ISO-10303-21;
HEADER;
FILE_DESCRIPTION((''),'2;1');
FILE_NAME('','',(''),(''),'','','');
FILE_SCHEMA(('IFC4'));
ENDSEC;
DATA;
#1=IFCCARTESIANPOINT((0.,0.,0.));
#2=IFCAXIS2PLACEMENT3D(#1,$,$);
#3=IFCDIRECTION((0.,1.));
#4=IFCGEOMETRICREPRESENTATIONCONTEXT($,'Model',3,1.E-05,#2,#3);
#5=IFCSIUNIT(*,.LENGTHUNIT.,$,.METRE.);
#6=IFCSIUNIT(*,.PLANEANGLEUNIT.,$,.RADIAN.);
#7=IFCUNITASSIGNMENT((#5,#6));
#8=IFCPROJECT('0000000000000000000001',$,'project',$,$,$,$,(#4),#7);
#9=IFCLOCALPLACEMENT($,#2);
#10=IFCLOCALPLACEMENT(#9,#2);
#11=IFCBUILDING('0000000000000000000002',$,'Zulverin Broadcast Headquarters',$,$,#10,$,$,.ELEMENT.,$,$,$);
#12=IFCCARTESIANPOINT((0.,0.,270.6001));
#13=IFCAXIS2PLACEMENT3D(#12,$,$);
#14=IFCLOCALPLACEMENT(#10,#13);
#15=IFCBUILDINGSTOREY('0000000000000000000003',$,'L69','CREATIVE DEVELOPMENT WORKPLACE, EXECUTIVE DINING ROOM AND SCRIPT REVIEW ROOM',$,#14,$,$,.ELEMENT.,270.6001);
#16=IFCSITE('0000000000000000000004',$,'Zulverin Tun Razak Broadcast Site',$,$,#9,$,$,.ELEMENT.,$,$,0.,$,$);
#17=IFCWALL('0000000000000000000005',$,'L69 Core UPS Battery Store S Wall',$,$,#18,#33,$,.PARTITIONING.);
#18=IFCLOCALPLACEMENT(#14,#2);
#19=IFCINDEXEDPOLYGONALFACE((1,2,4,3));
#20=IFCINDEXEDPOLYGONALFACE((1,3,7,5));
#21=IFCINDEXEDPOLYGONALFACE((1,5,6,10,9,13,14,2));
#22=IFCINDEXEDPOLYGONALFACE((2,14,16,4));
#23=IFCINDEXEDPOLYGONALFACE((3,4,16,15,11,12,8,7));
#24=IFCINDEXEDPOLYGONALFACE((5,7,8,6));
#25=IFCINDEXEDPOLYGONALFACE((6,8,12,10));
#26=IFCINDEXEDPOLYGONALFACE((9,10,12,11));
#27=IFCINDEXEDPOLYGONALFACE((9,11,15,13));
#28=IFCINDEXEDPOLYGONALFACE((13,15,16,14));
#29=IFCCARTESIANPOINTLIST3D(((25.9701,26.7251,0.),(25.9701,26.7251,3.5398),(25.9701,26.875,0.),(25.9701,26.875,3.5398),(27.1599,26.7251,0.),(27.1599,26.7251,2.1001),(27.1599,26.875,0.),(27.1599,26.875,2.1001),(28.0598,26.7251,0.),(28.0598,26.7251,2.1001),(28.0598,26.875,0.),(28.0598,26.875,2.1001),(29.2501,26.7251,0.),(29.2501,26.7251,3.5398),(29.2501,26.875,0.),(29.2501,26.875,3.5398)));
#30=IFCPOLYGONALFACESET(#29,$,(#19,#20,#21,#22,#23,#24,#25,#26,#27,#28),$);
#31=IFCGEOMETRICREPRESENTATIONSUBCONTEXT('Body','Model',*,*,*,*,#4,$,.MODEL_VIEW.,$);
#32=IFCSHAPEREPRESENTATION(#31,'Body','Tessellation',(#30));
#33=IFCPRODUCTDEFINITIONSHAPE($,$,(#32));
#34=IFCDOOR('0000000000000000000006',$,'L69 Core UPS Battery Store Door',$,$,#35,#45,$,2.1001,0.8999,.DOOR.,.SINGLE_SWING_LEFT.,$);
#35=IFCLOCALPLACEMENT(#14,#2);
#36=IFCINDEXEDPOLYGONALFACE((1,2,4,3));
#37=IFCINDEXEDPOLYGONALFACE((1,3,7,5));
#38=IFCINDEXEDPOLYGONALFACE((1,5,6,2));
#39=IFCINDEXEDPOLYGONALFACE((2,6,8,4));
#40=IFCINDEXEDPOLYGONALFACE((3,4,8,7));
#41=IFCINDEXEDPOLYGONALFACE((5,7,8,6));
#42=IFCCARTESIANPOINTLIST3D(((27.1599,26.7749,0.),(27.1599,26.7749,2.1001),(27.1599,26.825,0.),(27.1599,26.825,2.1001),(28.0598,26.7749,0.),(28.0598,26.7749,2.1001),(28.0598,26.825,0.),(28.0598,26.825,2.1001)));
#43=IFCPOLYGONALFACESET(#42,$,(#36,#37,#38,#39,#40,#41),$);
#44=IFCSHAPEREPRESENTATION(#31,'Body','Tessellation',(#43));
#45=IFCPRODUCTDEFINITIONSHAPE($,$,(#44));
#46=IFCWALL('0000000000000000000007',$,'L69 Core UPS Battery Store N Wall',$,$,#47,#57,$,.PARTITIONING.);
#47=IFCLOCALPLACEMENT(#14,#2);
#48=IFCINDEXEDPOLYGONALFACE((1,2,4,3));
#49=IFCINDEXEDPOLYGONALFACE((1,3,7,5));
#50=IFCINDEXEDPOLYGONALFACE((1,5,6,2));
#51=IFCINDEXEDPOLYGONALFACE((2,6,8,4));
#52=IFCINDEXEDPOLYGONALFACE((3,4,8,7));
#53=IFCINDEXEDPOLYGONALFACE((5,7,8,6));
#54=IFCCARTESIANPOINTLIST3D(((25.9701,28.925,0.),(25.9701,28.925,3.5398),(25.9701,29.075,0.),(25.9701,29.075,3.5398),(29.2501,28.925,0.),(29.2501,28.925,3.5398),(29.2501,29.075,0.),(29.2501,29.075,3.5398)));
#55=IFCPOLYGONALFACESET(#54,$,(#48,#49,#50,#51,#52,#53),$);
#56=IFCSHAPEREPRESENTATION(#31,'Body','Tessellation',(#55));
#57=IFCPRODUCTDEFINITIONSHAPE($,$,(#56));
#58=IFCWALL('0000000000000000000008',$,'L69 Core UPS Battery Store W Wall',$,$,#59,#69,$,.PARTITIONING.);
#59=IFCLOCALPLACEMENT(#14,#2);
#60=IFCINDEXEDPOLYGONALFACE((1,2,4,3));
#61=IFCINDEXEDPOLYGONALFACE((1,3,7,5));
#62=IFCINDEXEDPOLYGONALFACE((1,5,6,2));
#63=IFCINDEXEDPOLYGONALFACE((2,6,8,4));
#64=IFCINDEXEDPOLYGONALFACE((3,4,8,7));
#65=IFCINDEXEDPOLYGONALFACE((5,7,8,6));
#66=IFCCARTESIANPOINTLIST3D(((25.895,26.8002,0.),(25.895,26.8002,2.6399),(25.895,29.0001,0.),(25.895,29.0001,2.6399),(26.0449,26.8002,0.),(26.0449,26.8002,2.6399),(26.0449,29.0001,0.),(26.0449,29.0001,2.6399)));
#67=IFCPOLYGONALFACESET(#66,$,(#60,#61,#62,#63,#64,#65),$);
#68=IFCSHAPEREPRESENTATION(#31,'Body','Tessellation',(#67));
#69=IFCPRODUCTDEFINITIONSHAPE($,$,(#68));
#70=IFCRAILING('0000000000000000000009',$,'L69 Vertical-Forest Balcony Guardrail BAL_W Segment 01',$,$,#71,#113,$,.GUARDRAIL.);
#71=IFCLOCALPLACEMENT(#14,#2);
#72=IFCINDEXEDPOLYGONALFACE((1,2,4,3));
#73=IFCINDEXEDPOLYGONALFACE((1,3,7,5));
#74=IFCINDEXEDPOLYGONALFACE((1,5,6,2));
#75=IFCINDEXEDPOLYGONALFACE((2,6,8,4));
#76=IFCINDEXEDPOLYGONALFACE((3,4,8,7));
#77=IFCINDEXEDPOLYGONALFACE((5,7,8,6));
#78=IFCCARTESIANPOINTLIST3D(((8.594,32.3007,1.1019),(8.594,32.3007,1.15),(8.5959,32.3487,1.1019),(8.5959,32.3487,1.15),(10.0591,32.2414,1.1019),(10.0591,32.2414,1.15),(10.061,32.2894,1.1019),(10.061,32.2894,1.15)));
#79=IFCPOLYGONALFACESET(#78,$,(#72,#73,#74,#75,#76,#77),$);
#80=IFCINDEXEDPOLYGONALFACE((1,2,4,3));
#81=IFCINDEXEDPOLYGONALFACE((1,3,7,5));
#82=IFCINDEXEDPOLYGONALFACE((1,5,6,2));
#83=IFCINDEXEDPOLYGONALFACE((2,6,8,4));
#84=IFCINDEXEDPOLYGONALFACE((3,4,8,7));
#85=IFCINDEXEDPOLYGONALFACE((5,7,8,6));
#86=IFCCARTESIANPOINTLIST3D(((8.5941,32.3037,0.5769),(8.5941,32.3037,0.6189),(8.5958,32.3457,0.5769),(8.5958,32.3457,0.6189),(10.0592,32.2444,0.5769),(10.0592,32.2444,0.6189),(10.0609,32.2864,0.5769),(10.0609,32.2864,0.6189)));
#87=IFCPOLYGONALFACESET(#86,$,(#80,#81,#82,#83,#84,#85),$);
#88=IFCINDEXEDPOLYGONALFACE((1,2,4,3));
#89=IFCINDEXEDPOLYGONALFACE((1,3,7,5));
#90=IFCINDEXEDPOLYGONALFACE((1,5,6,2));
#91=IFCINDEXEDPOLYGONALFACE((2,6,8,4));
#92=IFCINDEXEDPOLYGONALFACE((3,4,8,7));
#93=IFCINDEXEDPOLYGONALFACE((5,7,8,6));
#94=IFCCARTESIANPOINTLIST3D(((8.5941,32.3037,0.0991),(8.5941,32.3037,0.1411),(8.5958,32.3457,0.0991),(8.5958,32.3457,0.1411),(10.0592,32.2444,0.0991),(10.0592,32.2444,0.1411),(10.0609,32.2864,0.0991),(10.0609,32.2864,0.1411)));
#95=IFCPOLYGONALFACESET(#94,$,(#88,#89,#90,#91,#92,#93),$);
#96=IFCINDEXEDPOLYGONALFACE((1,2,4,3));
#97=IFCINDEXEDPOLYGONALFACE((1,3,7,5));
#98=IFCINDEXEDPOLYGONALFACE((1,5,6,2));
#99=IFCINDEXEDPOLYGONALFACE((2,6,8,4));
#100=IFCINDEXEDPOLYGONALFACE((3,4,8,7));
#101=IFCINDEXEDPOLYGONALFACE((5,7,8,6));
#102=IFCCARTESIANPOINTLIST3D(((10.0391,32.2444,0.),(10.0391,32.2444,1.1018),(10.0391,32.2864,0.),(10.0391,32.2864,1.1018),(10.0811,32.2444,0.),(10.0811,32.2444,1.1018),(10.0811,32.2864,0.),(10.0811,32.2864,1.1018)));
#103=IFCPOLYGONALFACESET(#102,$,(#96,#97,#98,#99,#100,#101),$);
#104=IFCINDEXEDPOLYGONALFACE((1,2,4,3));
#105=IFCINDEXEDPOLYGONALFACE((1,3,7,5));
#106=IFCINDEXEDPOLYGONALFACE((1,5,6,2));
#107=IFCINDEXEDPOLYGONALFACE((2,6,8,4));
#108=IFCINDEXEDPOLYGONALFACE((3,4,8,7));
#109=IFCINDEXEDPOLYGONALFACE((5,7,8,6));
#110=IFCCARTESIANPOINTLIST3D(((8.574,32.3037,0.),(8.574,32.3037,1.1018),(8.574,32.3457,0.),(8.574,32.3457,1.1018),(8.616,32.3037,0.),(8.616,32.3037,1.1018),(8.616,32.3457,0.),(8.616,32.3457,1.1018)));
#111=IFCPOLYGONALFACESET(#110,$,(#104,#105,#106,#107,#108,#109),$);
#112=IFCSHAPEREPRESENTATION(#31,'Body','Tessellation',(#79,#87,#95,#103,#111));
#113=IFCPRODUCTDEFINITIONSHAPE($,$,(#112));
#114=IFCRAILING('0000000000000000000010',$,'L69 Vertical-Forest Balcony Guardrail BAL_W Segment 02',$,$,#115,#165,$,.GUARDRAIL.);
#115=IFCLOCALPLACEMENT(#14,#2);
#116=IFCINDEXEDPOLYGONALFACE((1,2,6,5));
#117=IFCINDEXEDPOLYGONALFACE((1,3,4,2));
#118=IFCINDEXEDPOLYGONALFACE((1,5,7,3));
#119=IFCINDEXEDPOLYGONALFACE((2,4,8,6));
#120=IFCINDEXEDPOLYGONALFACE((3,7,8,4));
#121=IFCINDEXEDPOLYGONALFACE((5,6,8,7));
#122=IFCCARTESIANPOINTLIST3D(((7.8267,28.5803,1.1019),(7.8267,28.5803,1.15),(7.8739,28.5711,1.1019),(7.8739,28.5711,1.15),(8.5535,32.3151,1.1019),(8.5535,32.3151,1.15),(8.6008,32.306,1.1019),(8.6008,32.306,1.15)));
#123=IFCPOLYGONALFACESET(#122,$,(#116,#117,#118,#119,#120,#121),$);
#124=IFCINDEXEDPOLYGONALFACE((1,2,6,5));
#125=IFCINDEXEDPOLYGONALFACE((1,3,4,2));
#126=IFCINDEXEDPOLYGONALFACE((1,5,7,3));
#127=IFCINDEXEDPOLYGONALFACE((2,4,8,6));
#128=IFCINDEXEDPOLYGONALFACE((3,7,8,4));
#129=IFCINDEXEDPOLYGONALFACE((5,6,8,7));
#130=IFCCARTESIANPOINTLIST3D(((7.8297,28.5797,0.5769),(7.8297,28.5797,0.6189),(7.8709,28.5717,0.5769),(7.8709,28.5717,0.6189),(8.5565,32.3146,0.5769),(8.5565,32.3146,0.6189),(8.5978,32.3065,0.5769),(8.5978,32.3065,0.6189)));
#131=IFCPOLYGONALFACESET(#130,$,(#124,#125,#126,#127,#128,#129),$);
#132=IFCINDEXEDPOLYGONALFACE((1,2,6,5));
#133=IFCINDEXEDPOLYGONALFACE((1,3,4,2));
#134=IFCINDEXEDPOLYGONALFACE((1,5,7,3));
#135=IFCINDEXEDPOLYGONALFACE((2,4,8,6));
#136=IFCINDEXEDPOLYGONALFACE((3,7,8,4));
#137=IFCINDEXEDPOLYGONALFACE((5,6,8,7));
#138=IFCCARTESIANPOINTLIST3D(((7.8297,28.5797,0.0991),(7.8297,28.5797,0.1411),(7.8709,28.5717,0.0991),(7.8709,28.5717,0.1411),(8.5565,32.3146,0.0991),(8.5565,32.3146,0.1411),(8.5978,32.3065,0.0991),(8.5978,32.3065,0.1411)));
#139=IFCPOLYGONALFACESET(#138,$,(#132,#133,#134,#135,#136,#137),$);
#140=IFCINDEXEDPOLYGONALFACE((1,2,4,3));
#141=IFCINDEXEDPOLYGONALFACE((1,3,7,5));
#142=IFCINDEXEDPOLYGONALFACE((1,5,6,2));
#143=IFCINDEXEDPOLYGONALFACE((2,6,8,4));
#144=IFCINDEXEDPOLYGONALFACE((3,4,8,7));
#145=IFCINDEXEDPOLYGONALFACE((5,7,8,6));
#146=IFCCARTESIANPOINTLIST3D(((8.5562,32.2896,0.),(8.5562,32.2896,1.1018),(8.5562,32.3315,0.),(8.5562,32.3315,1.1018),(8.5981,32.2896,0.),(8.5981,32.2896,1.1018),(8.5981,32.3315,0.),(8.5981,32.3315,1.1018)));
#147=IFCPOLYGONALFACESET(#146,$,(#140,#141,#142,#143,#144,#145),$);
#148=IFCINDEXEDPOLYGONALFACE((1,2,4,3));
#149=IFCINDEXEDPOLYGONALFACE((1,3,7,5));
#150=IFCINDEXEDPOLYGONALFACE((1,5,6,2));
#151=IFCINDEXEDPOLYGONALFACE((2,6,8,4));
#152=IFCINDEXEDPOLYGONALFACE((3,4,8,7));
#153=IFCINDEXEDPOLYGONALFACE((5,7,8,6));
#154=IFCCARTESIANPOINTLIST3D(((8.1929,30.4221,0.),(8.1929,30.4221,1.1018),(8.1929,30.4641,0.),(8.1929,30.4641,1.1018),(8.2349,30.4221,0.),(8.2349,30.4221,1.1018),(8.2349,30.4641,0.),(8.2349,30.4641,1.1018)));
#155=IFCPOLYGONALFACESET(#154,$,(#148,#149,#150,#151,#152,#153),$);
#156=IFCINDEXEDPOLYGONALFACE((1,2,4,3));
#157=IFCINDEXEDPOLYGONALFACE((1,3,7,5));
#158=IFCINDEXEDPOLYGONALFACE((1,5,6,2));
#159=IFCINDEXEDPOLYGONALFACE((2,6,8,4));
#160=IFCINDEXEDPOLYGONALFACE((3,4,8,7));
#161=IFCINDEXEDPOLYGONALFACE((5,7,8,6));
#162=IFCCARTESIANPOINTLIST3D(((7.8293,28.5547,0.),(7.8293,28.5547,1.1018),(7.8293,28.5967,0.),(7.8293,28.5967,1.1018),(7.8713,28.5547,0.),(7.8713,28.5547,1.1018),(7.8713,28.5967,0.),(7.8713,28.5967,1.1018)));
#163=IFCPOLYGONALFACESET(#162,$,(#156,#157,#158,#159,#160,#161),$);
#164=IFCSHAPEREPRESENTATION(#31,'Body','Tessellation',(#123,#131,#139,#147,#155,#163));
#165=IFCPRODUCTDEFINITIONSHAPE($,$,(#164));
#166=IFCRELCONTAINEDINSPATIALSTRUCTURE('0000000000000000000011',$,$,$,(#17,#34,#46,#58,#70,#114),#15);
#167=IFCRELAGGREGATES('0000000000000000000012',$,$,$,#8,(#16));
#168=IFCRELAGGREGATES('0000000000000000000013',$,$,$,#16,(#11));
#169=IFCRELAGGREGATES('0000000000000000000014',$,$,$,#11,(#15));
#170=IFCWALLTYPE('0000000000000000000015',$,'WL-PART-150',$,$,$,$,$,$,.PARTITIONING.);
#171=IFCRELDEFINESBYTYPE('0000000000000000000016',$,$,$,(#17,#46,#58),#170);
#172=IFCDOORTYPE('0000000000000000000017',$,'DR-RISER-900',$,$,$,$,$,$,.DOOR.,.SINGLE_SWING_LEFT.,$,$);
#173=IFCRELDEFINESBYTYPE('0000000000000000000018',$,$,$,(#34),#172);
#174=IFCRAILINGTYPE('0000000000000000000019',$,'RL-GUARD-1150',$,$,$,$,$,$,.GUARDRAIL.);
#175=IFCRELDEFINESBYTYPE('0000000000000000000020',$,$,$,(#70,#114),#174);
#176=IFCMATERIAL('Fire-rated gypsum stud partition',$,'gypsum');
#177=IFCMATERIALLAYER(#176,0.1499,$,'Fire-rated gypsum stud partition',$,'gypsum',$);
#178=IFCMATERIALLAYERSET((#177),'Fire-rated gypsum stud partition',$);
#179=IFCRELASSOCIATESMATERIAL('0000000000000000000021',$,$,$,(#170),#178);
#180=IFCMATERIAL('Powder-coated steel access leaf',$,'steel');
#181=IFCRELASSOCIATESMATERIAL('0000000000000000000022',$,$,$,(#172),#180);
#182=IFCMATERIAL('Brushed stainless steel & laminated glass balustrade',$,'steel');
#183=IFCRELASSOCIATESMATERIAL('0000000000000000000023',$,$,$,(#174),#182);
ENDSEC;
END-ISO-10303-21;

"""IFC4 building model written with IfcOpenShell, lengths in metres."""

from ifc_helpers import new_model, si_unit, direction, frame, frame_2d, origin, origin_2d, place, context, subcontext, project, spatial, rectangle, extrude, material, layer, layer_set, type_object, element, fill, save


model = new_model("IFC4")

# Units and contexts
model_context = context("Model", 3, precision=1e-05, world=origin(), true_north=direction((0.0, 1.0)))
body_context = subcontext(model_context, "Body", "Model", "MODEL_VIEW")
ifc_project = project(units=[si_unit("LENGTHUNIT", "METRE"), si_unit("PLANEANGLEUNIT", "RADIAN")], contexts=[model_context])

# Site, building, storey
site_placement = place(None, origin())
site = spatial("IfcSite", under=ifc_project, at=site_placement, Name="Zulverin Tun Razak Broadcast Site", CompositionType="ELEMENT", RefElevation=0.0)
building_placement = place(site_placement, origin())
building = spatial("IfcBuilding", under=site, at=building_placement, Name="Zulverin Broadcast Headquarters", CompositionType="ELEMENT")
storey_placement = place(building_placement, frame((0.0, 0.0, 270.6001)))
storey = spatial("IfcBuildingStorey", under=building, at=storey_placement, Name="L69", Description="CREATIVE DEVELOPMENT WORKPLACE, EXECUTIVE DINING ROOM AND SCRIPT REVIEW ROOM", CompositionType="ELEMENT", Elevation=270.6001)

# Shared definitions
ifc_material_1 = material(Name="Fire-rated gypsum stud partition", Category="gypsum")
ifc_layer_1 = layer(ifc_material_1, 0.1499, Name="Fire-rated gypsum stud partition", Category="gypsum")
ifc_layer_set_1 = layer_set([ifc_layer_1], Name="Fire-rated gypsum stud partition")
wall_type = type_object("IfcWallType", Name="WL-PART-150", PredefinedType="PARTITIONING", material=ifc_layer_set_1)

# Wall, opening, door
wall_1_placement = place(storey_placement, frame((25.97, 26.8, 0.0), z_axis=(0.0, 0.0, 1.0), x_axis=(1.0, 0.0, 0.0)))
wall_1 = element("IfcWall", 1, at=wall_1_placement, inside=storey, type_object=wall_type, Name="L69 Core UPS Battery Store S Wall", PredefinedType="PARTITIONING", context=body_context, shape_type="SweptSolid", body=[
    extrude(rectangle(XDim=3.28, YDim=0.1499, at=frame_2d((1.6401, 0.0))), origin(), (0.0, 0.0, 1.0), 3.5398),
])
opening_1_placement = place(wall_1_placement, frame((1.1899, 0.0, 0.0)))
opening_1 = element("IfcOpeningElement", 2, at=opening_1_placement, cuts=wall_1, PredefinedType="OPENING", context=body_context, shape_type="SweptSolid", body=[
    extrude(rectangle(XDim=0.8999, YDim=2.1001, at=frame_2d((0.45, 1.05))), frame((0.0, 0.085, 0.0), z_axis=(0.0, -1.0, 0.0), x_axis=(1.0, 0.0, 0.0)), (0.0, 0.0, 1.0), 0.1699),
])
ifc_material_2 = material(Name="Powder-coated steel access leaf", Category="steel")
door_type_1 = type_object("IfcDoorType", Name="DR-RISER-900", OperationType="SINGLE_SWING_LEFT", PredefinedType="DOOR", material=ifc_material_2)
door_1_placement = place(opening_1_placement, origin())
door_1 = element("IfcDoor", 3, at=door_1_placement, inside=storey, type_object=door_type_1, Name="L69 Core UPS Battery Store Door", OperationType="SINGLE_SWING_LEFT", OverallHeight=2.1001, OverallWidth=0.8999, PredefinedType="DOOR", context=body_context, shape_type="SweptSolid", body=[
    extrude(rectangle(XDim=0.8999, YDim=2.1001, at=frame_2d((0.45, 1.05))), frame((0.0, 0.0249, 0.0), z_axis=(0.0, -1.0, 0.0), x_axis=(1.0, 0.0, 0.0)), (0.0, 0.0, 1.0), 0.05),
])
fill(opening_1, door_1)

# Walls
wall_2_placement = place(storey_placement, frame((25.97, 29.0, 0.0), z_axis=(0.0, 0.0, 1.0), x_axis=(1.0, 0.0, 0.0)))
element("IfcWall", 4, at=wall_2_placement, inside=storey, type_object=wall_type, Name="L69 Core UPS Battery Store N Wall", PredefinedType="PARTITIONING", context=body_context, shape_type="SweptSolid", body=[
    extrude(rectangle(XDim=3.28, YDim=0.1499, at=frame_2d((1.6401, 0.0))), origin(), (0.0, 0.0, 1.0), 3.5398),
])
wall_3_placement = place(storey_placement, frame((25.97, 26.8, 0.0), z_axis=(0.0, 0.0, 1.0), x_axis=(0.0, 1.0, 0.0)))
element("IfcWall", 5, at=wall_3_placement, inside=storey, type_object=wall_type, Name="L69 Core UPS Battery Store W Wall", PredefinedType="PARTITIONING", context=body_context, shape_type="SweptSolid", body=[
    extrude(rectangle(XDim=2.2, YDim=0.1499, at=frame_2d((1.1001, 0.0))), origin(), (0.0, 0.0, 1.0), 2.6399),
])

# Railings
ifc_material_3 = material(Name="Brushed stainless steel & laminated glass balustrade", Category="steel")
railing_type = type_object("IfcRailingType", Name="RL-GUARD-1150", PredefinedType="GUARDRAIL", material=ifc_material_3)
railing_1_placement = place(storey_placement, frame((10.0601, 32.2654, 0.0)))
element("IfcRailing", 6, at=railing_1_placement, inside=storey, type_object=railing_type, Name="L69 Vertical-Forest Balcony Guardrail BAL_W Segment 01", PredefinedType="GUARDRAIL", context=body_context, shape_type="SweptSolid", body=[
    extrude(rectangle(XDim=0.0481, YDim=0.0481, at=origin_2d()), frame((0.0, 0.0, 1.126), z_axis=(-0.999181, 0.04046, 0.0), x_axis=(-0.04046, -0.999181, 0.0)), (0.0, 0.0, 1.0), 1.4663),
    extrude(rectangle(XDim=0.042, YDim=0.042, at=origin_2d()), frame((0.0, 0.0, 0.5979), z_axis=(-0.999181, 0.04046, 0.0), x_axis=(-0.04046, -0.999181, 0.0)), (0.0, 0.0, 1.0), 1.4663),
    extrude(rectangle(XDim=0.042, YDim=0.042, at=origin_2d()), frame((0.0, 0.0, 0.1201), z_axis=(-0.999181, 0.04046, 0.0), x_axis=(-0.04046, -0.999181, 0.0)), (0.0, 0.0, 1.0), 1.4663),
    extrude(rectangle(XDim=0.042, YDim=0.042, at=origin_2d()), origin(), (0.0, 0.0, 1.0), 1.1018),
    extrude(rectangle(XDim=0.042, YDim=0.042, at=origin_2d()), frame((-1.4651, 0.0593, 0.0)), (0.0, 0.0, 1.0), 1.1018),
])
railing_2_placement = place(storey_placement, frame((8.5771, 32.3105, 0.0)))
element("IfcRailing", 7, at=railing_2_placement, inside=storey, type_object=railing_type, Name="L69 Vertical-Forest Balcony Guardrail BAL_W Segment 02", PredefinedType="GUARDRAIL", context=body_context, shape_type="SweptSolid", body=[
    extrude(rectangle(XDim=0.0481, YDim=0.0481, at=origin_2d()), frame((0.0, 0.0, 1.126), z_axis=(-0.191017, -0.981587, 0.0), x_axis=(0.981587, -0.191017, 0.0)), (0.0, 0.0, 1.0), 3.8049),
    extrude(rectangle(XDim=0.042, YDim=0.042, at=origin_2d()), frame((0.0, 0.0, 0.5979), z_axis=(-0.191017, -0.981587, 0.0), x_axis=(0.981587, -0.191017, 0.0)), (0.0, 0.0, 1.0), 3.8049),
    extrude(rectangle(XDim=0.042, YDim=0.042, at=origin_2d()), frame((0.0, 0.0, 0.1201), z_axis=(-0.191017, -0.981587, 0.0), x_axis=(0.981587, -0.191017, 0.0)), (0.0, 0.0, 1.0), 3.8049),
    extrude(rectangle(XDim=0.042, YDim=0.042, at=origin_2d()), origin(), (0.0, 0.0, 1.0), 1.1018),
    extrude(rectangle(XDim=0.042, YDim=0.042, at=origin_2d()), frame((-0.3633, -1.8674, 0.0)), (0.0, 0.0, 1.0), 1.1018),
    extrude(rectangle(XDim=0.042, YDim=0.042, at=origin_2d()), frame((-0.7268, -3.7349, 0.0)), (0.0, 0.0, 1.0), 1.1018),
])

save(model, "model.ifc")
